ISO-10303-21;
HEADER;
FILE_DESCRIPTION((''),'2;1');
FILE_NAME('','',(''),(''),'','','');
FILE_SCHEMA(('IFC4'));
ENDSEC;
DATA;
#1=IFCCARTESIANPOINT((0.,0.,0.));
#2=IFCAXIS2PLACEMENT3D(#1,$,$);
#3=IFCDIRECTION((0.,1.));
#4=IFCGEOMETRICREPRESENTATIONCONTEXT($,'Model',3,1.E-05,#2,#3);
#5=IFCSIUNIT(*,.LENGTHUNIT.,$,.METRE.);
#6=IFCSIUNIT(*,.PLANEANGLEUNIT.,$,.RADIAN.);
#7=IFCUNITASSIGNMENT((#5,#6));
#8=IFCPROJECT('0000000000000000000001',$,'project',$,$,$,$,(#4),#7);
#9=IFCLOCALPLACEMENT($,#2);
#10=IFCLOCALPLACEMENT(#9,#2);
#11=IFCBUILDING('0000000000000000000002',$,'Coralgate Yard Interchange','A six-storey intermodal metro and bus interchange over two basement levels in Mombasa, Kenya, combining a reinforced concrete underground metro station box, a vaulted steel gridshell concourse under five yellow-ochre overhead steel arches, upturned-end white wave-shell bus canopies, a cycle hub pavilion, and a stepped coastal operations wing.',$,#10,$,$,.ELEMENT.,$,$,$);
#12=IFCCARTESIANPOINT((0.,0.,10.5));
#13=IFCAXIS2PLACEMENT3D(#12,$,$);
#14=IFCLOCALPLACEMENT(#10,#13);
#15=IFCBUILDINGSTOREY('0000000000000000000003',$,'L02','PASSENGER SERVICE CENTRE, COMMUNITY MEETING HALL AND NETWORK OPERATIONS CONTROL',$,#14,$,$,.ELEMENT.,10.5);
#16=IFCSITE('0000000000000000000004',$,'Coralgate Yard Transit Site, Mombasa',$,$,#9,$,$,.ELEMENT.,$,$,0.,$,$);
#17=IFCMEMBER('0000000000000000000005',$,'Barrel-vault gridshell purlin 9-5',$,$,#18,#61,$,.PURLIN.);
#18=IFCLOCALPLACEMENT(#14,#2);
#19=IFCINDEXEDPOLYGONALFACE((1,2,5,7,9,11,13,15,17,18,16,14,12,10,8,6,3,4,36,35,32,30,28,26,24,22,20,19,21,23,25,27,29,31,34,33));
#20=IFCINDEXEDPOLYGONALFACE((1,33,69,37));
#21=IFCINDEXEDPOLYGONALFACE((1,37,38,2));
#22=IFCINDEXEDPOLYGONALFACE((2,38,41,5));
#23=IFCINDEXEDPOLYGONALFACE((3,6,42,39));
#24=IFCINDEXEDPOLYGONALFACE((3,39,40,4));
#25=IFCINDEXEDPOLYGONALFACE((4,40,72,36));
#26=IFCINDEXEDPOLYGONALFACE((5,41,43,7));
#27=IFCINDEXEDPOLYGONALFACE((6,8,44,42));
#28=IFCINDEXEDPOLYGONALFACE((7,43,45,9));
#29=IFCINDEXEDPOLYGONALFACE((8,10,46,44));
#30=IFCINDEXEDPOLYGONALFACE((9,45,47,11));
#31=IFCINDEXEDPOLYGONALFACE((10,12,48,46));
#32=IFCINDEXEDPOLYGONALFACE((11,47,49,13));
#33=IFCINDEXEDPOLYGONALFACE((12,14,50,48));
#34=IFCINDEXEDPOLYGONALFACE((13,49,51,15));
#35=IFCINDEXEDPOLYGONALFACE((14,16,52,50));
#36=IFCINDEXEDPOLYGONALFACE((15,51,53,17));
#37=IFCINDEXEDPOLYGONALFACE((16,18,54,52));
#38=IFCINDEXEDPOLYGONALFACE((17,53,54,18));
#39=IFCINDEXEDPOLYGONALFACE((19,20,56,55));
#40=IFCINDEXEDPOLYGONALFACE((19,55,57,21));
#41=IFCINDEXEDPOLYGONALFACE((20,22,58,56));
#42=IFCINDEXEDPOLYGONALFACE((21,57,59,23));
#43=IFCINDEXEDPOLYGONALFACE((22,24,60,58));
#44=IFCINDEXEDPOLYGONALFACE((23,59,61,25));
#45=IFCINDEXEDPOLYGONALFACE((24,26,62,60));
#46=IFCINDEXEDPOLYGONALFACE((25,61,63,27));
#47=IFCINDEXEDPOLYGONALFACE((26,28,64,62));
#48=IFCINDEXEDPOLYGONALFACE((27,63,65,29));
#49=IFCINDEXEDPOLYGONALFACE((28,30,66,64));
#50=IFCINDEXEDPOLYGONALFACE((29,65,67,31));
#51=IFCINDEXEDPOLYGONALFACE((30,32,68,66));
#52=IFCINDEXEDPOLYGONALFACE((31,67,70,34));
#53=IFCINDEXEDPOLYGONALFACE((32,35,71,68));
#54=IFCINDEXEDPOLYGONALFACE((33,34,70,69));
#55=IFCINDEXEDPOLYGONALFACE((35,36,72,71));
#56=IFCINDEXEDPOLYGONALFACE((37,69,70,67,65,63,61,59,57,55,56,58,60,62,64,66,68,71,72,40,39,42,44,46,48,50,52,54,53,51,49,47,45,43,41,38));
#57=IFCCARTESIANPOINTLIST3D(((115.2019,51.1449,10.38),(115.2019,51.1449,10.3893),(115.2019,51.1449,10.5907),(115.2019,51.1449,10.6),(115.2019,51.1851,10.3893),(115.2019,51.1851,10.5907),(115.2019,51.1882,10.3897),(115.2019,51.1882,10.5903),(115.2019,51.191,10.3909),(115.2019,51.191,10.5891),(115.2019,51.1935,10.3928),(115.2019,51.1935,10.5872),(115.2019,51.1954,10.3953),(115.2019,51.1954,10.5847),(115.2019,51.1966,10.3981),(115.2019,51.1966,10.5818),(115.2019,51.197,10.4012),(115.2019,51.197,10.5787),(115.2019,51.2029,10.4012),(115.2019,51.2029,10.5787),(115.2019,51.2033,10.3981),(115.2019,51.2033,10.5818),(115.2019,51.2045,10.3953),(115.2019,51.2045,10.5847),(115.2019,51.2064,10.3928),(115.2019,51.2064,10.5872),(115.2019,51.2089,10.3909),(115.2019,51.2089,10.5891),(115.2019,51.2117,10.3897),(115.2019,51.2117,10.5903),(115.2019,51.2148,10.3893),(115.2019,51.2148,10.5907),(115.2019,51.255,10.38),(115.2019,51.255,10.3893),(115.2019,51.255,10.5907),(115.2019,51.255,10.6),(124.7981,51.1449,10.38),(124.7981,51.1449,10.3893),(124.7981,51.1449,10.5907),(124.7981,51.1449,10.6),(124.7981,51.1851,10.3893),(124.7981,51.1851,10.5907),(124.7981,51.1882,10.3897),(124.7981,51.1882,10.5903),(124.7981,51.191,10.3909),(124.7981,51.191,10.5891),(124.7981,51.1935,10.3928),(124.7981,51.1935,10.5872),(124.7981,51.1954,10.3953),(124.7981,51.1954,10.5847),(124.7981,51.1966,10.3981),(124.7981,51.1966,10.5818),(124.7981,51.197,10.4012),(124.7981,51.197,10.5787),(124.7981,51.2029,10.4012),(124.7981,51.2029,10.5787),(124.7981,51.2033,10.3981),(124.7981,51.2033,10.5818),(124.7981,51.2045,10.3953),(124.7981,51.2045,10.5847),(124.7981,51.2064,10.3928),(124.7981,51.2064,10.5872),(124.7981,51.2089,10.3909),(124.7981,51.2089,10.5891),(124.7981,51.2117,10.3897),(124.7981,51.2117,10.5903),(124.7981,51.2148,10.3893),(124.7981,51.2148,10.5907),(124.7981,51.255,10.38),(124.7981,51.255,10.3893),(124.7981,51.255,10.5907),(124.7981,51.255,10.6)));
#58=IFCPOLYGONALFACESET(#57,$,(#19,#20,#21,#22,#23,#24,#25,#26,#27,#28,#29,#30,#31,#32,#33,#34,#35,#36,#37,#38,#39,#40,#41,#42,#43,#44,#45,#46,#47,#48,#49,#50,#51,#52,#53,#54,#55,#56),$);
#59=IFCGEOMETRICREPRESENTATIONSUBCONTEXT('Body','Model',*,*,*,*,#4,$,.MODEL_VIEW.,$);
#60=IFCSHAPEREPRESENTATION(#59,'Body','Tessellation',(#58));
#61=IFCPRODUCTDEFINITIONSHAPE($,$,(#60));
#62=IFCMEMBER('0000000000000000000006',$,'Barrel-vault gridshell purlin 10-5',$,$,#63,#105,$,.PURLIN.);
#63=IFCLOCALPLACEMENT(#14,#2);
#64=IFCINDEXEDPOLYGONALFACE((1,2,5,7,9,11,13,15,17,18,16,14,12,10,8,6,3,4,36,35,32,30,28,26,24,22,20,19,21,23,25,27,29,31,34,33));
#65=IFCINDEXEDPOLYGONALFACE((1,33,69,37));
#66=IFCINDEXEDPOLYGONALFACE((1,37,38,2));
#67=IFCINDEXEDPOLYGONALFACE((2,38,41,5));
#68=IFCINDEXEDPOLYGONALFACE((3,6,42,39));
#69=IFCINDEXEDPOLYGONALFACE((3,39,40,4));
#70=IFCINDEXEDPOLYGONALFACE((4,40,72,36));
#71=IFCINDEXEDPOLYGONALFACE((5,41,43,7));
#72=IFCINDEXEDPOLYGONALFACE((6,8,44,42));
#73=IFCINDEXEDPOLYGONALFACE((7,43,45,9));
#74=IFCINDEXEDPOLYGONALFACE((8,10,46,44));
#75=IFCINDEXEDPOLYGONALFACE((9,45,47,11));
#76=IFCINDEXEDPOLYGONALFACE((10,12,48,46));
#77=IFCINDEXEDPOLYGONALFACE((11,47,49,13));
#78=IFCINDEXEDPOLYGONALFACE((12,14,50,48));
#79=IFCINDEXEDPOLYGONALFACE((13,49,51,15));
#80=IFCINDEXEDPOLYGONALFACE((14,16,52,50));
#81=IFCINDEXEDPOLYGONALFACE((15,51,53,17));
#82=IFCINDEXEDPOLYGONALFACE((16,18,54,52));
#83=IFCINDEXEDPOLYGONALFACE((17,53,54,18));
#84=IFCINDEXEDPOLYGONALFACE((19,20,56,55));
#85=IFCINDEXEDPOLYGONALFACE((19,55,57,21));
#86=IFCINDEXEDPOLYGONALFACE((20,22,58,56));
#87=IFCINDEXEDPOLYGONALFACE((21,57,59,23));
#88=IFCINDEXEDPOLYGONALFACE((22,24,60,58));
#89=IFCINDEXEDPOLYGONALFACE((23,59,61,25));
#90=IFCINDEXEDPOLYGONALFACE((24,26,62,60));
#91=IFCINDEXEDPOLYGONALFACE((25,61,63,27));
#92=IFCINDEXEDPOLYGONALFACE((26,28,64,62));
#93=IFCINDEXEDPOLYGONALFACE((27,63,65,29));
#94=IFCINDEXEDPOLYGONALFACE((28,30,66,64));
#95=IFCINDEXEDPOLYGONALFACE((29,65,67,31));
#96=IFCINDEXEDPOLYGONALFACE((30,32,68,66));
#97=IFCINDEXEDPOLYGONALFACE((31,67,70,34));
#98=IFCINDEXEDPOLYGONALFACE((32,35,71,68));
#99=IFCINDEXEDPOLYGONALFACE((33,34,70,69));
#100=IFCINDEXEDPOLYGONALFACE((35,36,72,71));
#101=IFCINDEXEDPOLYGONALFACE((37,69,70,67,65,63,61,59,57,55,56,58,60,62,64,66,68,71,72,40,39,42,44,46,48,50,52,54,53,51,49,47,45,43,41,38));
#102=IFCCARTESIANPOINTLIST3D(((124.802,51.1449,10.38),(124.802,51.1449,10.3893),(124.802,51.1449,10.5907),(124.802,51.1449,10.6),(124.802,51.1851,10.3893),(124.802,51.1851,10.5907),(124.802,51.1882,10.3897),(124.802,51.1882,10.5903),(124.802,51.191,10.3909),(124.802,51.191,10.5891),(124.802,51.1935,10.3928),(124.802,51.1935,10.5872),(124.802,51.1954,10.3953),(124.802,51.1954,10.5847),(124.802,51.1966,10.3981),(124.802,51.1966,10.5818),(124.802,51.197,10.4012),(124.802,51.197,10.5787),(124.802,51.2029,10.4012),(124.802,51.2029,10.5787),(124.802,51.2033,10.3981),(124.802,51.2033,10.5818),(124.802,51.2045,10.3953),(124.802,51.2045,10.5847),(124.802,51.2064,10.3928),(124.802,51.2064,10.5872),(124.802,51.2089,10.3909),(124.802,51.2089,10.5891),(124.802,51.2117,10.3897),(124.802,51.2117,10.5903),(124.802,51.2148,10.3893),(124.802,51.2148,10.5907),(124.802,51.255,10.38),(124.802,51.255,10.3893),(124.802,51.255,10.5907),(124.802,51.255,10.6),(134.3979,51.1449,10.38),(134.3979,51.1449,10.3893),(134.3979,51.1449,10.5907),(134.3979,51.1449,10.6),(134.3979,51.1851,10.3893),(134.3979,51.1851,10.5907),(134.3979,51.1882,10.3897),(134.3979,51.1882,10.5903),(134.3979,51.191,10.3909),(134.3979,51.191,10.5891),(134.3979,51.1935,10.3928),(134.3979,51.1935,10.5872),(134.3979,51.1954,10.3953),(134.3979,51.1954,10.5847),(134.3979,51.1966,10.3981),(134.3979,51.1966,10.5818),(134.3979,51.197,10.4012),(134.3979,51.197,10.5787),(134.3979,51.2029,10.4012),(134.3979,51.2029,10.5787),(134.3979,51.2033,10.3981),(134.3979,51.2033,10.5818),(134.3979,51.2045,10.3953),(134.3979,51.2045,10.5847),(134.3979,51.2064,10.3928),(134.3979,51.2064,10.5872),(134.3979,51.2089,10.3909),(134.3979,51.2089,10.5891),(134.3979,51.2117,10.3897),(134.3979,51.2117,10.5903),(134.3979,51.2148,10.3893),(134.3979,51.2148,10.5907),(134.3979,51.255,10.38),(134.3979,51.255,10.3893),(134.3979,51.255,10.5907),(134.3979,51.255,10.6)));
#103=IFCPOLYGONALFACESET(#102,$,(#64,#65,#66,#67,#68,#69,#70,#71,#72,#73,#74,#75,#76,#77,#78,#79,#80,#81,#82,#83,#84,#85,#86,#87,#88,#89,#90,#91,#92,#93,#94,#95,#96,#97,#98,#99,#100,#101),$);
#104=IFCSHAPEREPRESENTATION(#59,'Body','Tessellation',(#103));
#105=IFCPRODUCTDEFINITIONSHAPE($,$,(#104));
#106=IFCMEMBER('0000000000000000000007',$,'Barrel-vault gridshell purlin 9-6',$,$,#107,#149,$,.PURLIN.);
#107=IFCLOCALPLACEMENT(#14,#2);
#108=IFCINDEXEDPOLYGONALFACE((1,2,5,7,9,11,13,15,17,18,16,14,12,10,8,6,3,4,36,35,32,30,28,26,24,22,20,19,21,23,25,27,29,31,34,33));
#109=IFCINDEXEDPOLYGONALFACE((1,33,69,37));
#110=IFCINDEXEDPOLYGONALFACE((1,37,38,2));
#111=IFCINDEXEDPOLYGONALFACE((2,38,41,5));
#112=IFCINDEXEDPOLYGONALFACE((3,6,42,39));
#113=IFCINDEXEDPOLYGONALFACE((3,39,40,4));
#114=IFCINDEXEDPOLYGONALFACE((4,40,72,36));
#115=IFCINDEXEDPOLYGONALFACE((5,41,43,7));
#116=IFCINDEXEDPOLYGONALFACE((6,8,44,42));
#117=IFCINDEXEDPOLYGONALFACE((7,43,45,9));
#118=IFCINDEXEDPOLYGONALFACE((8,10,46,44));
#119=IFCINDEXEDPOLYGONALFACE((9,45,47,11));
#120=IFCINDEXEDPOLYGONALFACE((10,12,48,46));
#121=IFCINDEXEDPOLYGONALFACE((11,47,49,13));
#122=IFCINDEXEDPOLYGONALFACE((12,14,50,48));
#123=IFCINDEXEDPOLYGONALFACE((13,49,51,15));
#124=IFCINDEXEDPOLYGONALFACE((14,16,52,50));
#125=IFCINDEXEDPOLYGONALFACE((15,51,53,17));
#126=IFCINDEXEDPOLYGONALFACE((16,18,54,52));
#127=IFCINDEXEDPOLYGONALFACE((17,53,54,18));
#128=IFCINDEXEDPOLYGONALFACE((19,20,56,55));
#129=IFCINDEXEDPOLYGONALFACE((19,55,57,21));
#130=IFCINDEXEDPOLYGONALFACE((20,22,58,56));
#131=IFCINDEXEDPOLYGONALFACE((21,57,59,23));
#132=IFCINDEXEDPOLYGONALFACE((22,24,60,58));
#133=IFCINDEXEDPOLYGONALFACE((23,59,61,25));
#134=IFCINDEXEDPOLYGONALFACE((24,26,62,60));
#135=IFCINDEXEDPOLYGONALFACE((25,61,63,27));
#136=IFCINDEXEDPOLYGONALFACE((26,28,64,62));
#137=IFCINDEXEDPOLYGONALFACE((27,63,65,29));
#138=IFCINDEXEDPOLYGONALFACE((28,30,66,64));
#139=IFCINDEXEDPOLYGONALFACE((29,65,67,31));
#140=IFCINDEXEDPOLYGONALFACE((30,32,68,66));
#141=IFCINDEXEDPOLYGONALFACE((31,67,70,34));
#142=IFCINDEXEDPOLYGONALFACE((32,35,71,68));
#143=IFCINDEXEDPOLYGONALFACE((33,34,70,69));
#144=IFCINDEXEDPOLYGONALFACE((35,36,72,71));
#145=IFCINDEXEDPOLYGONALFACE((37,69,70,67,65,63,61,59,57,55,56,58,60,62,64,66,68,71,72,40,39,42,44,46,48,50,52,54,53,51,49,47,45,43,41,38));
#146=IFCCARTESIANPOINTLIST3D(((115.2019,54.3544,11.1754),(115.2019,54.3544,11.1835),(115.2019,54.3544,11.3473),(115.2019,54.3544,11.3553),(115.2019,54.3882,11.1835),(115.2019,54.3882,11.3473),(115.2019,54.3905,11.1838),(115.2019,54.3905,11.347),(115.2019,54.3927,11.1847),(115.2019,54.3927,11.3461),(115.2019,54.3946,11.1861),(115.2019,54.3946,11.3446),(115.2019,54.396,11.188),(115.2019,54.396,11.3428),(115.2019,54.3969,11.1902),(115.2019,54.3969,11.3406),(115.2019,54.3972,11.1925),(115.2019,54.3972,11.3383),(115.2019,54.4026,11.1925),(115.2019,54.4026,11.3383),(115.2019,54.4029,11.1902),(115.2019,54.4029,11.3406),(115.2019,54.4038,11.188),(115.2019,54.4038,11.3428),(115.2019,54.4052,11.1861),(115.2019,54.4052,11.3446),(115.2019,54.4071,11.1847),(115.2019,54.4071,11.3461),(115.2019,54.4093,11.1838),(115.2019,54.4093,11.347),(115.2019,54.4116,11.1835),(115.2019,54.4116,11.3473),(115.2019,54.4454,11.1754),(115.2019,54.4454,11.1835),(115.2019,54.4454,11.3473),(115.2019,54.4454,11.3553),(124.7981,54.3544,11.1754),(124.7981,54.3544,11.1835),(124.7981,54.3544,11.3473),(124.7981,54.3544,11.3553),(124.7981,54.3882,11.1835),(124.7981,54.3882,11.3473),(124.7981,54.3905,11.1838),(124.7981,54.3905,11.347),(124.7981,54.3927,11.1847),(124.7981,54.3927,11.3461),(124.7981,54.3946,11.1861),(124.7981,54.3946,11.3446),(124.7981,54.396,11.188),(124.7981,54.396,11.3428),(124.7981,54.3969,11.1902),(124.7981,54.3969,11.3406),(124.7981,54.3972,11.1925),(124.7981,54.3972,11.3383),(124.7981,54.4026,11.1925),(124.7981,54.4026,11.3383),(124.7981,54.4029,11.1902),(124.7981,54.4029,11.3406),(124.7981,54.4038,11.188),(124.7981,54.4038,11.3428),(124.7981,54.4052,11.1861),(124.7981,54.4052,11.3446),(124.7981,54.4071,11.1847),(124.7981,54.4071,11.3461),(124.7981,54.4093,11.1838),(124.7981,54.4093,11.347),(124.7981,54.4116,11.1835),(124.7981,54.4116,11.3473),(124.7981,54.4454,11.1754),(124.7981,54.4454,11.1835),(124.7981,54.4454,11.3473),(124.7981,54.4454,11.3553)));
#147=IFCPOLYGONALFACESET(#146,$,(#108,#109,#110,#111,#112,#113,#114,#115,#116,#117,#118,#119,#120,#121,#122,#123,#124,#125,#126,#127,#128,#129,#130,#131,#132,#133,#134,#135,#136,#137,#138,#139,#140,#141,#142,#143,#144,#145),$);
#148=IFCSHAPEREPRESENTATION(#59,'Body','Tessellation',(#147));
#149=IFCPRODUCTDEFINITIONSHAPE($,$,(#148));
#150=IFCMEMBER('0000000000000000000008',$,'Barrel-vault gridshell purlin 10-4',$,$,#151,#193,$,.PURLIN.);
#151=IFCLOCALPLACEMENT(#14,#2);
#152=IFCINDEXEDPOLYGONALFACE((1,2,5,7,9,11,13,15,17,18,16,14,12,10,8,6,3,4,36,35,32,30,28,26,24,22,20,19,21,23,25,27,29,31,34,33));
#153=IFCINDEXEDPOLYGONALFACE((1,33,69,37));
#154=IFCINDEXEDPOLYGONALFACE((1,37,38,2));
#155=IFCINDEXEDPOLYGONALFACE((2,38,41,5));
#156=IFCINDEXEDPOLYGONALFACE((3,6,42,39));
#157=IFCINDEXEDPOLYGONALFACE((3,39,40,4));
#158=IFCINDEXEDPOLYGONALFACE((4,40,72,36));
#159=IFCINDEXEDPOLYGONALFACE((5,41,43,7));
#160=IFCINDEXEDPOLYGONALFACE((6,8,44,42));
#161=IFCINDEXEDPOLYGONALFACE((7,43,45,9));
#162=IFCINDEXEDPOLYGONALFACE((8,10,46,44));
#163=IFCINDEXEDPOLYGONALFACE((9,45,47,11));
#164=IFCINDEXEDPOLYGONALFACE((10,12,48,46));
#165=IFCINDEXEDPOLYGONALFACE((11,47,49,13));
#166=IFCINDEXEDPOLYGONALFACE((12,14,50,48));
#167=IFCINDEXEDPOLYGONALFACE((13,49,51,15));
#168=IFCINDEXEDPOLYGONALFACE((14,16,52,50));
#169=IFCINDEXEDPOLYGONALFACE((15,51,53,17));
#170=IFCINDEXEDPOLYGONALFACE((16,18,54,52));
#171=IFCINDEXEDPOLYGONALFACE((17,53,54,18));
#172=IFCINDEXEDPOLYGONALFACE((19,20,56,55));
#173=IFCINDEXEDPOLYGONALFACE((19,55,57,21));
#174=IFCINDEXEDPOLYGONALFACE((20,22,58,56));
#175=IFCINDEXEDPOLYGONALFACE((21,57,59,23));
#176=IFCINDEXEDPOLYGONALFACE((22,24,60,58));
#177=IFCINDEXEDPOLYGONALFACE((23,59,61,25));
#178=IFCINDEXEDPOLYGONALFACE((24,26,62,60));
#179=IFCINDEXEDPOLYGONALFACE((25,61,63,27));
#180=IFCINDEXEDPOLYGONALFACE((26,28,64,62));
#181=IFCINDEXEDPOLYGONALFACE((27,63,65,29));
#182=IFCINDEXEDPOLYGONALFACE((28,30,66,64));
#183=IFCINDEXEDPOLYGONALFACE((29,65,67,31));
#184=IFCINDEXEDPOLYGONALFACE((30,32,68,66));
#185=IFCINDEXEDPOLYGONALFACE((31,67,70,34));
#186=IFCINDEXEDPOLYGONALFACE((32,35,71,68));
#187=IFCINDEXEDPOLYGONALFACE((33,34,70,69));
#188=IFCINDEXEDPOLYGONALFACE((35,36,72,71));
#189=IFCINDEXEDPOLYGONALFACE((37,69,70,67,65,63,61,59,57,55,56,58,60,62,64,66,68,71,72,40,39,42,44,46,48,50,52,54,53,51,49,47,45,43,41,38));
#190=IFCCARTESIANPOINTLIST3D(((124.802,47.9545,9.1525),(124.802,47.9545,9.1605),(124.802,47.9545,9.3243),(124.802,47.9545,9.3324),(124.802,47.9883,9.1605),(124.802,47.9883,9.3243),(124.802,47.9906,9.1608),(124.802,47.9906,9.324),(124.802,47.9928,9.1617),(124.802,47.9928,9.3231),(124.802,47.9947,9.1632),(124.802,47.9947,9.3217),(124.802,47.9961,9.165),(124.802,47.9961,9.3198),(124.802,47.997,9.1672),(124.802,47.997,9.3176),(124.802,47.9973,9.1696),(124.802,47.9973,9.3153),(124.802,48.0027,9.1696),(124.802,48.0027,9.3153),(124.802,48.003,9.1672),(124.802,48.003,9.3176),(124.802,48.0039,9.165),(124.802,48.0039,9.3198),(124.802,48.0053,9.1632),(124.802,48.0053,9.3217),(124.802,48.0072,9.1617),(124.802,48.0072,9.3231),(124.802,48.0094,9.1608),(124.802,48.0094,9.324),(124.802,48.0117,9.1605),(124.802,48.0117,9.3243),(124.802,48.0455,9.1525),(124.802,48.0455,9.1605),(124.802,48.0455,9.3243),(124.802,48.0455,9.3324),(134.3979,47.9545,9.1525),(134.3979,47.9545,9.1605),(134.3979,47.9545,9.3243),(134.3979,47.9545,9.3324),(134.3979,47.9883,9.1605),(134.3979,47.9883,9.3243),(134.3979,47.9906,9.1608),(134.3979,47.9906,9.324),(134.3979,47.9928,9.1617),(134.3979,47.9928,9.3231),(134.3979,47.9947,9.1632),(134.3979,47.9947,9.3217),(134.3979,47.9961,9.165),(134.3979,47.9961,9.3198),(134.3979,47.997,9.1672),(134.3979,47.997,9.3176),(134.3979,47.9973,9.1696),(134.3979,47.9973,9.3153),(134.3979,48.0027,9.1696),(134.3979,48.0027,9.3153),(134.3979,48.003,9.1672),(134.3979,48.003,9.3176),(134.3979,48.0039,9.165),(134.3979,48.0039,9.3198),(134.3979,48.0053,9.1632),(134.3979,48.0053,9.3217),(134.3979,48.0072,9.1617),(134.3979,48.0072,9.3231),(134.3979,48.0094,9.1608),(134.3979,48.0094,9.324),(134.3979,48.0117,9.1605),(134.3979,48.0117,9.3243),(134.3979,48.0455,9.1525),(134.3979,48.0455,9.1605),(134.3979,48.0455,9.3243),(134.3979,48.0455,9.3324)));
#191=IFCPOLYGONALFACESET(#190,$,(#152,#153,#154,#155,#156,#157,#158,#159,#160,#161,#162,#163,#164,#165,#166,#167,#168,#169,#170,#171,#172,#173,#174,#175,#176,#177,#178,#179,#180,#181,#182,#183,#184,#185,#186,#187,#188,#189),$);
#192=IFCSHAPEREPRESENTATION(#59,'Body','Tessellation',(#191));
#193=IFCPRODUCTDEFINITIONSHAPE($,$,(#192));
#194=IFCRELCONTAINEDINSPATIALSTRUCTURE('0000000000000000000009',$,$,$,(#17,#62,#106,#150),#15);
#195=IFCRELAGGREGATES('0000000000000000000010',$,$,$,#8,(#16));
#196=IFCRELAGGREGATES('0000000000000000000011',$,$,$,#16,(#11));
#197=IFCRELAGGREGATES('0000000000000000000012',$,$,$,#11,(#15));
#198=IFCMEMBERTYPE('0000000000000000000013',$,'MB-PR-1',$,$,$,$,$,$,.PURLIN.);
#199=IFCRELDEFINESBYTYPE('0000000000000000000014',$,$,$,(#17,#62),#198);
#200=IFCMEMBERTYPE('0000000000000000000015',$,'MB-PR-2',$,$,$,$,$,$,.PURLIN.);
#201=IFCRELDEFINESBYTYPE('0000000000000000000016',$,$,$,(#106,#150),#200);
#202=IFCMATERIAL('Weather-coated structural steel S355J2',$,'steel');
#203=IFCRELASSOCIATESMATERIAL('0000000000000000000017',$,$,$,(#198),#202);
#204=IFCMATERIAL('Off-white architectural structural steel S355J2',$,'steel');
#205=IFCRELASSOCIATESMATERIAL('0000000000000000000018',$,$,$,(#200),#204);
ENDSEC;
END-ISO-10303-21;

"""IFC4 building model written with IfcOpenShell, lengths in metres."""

from ifc_helpers import new_model, si_unit, direction, frame, origin, origin_2d, place, context, subcontext, project, spatial, i_section, extrude, material, material_profile, profile_set, type_object, element, save


model = new_model("IFC4")

# Units and contexts
model_context = context("Model", 3, precision=1e-05, world=origin(), true_north=direction((0.0, 1.0)))
body_context = subcontext(model_context, "Body", "Model", "MODEL_VIEW")
ifc_project = project(units=[si_unit("LENGTHUNIT", "METRE"), si_unit("PLANEANGLEUNIT", "RADIAN")], contexts=[model_context])

# Site, building, storey
site_placement = place(None, origin())
site = spatial("IfcSite", under=ifc_project, at=site_placement, Name="Coralgate Yard Transit Site, Mombasa", CompositionType="ELEMENT", RefElevation=0.0)
building_placement = place(site_placement, origin())
building = spatial("IfcBuilding", under=site, at=building_placement, Name="Coralgate Yard Interchange", Description="A six-storey intermodal metro and bus interchange over two basement levels in Mombasa, Kenya, combining a reinforced concrete underground metro station box, a vaulted steel gridshell concourse under five yellow-ochre overhead steel arches, upturned-end white wave-shell bus canopies, a cycle hub pavilion, and a stepped coastal operations wing.", CompositionType="ELEMENT")
storey_placement = place(building_placement, frame((0.0, 0.0, 10.5)))
storey = spatial("IfcBuildingStorey", under=building, at=storey_placement, Name="L02", Description="PASSENGER SERVICE CENTRE, COMMUNITY MEETING HALL AND NETWORK OPERATIONS CONTROL", CompositionType="ELEMENT", Elevation=10.5)

# Shared definitions
ifc_material_1 = material(Name="Weather-coated structural steel S355J2", Category="steel")

# Members
ifc_material_profile_1 = material_profile(ifc_material_1, i_section(OverallWidth=0.1101, OverallDepth=0.22, WebThickness=0.0059, FlangeThickness=0.0093, FilletRadius=0.012, at=origin_2d()), Name="IPE 220")
ifc_profile_set_1 = profile_set([ifc_material_profile_1], Name="Weather-coated structural steel S355J2")
member_type_1 = type_object("IfcMemberType", Name="MB-PR-1", PredefinedType="PURLIN", material=ifc_profile_set_1)
member_1_placement = place(storey_placement, frame((115.2019, 51.2, 10.49), z_axis=(1.0, 0.0, 0.0), x_axis=(0.0, 1.0, 0.0)))
element("IfcMember", 1, at=member_1_placement, inside=storey, type_object=member_type_1, Name="Barrel-vault gridshell purlin 9-5", PredefinedType="PURLIN", context=body_context, shape_type="SweptSolid", body=[
    extrude(i_section(OverallWidth=0.1101, OverallDepth=0.22, WebThickness=0.0059, FlangeThickness=0.0093, FilletRadius=0.012, at=origin_2d()), origin(), (0.0, 0.0, 1.0), 9.5962),
])
member_2_placement = place(storey_placement, frame((124.802, 51.2, 10.49), z_axis=(1.0, 0.0, 0.0), x_axis=(0.0, 1.0, 0.0)))
element("IfcMember", 2, at=member_2_placement, inside=storey, type_object=member_type_1, Name="Barrel-vault gridshell purlin 10-5", PredefinedType="PURLIN", context=body_context, shape_type="SweptSolid", body=[
    extrude(i_section(OverallWidth=0.1101, OverallDepth=0.22, WebThickness=0.0059, FlangeThickness=0.0093, FilletRadius=0.012, at=origin_2d()), origin(), (0.0, 0.0, 1.0), 9.5959),
])
ifc_material_2 = material(Name="Off-white architectural structural steel S355J2", Category="steel")
ifc_material_profile_2 = material_profile(ifc_material_2, i_section(OverallWidth=0.0911, OverallDepth=0.1799, WebThickness=0.0054, FlangeThickness=0.0081, FilletRadius=0.009, at=origin_2d()), Name="IPE 180")
ifc_profile_set_2 = profile_set([ifc_material_profile_2], Name="Off-white architectural structural steel S355J2")
member_type_2 = type_object("IfcMemberType", Name="MB-PR-2", PredefinedType="PURLIN", material=ifc_profile_set_2)
member_3_placement = place(storey_placement, frame((115.2019, 54.3999, 11.2654), z_axis=(1.0, 0.0, 0.0), x_axis=(0.0, 1.0, 0.0)))
element("IfcMember", 3, at=member_3_placement, inside=storey, type_object=member_type_2, Name="Barrel-vault gridshell purlin 9-6", PredefinedType="PURLIN", context=body_context, shape_type="SweptSolid", body=[
    extrude(i_section(OverallWidth=0.0911, OverallDepth=0.1799, WebThickness=0.0054, FlangeThickness=0.0081, FilletRadius=0.009, at=origin_2d()), origin(), (0.0, 0.0, 1.0), 9.5962),
])
for number, where, z_axis, x_axis, name in (
    (4, (124.802, 48.0, 9.2424), (1.0, 0.0, 0.0), (0.0, 1.0, 0.0), "Barrel-vault gridshell purlin 10-4"),
):
    element("IfcMember", number, at=place(storey_placement, frame(where, z_axis=z_axis, x_axis=x_axis)), inside=storey, type_object=member_type_2, Name=name, PredefinedType="PURLIN", context=body_context, shape_type="SweptSolid", body=[
        extrude(i_section(OverallWidth=0.0911, OverallDepth=0.1799, WebThickness=0.0054, FlangeThickness=0.0081, FilletRadius=0.009, at=origin_2d()), origin(), (0.0, 0.0, 1.0), 9.5959),
    ])

save(model, "model.ifc")
